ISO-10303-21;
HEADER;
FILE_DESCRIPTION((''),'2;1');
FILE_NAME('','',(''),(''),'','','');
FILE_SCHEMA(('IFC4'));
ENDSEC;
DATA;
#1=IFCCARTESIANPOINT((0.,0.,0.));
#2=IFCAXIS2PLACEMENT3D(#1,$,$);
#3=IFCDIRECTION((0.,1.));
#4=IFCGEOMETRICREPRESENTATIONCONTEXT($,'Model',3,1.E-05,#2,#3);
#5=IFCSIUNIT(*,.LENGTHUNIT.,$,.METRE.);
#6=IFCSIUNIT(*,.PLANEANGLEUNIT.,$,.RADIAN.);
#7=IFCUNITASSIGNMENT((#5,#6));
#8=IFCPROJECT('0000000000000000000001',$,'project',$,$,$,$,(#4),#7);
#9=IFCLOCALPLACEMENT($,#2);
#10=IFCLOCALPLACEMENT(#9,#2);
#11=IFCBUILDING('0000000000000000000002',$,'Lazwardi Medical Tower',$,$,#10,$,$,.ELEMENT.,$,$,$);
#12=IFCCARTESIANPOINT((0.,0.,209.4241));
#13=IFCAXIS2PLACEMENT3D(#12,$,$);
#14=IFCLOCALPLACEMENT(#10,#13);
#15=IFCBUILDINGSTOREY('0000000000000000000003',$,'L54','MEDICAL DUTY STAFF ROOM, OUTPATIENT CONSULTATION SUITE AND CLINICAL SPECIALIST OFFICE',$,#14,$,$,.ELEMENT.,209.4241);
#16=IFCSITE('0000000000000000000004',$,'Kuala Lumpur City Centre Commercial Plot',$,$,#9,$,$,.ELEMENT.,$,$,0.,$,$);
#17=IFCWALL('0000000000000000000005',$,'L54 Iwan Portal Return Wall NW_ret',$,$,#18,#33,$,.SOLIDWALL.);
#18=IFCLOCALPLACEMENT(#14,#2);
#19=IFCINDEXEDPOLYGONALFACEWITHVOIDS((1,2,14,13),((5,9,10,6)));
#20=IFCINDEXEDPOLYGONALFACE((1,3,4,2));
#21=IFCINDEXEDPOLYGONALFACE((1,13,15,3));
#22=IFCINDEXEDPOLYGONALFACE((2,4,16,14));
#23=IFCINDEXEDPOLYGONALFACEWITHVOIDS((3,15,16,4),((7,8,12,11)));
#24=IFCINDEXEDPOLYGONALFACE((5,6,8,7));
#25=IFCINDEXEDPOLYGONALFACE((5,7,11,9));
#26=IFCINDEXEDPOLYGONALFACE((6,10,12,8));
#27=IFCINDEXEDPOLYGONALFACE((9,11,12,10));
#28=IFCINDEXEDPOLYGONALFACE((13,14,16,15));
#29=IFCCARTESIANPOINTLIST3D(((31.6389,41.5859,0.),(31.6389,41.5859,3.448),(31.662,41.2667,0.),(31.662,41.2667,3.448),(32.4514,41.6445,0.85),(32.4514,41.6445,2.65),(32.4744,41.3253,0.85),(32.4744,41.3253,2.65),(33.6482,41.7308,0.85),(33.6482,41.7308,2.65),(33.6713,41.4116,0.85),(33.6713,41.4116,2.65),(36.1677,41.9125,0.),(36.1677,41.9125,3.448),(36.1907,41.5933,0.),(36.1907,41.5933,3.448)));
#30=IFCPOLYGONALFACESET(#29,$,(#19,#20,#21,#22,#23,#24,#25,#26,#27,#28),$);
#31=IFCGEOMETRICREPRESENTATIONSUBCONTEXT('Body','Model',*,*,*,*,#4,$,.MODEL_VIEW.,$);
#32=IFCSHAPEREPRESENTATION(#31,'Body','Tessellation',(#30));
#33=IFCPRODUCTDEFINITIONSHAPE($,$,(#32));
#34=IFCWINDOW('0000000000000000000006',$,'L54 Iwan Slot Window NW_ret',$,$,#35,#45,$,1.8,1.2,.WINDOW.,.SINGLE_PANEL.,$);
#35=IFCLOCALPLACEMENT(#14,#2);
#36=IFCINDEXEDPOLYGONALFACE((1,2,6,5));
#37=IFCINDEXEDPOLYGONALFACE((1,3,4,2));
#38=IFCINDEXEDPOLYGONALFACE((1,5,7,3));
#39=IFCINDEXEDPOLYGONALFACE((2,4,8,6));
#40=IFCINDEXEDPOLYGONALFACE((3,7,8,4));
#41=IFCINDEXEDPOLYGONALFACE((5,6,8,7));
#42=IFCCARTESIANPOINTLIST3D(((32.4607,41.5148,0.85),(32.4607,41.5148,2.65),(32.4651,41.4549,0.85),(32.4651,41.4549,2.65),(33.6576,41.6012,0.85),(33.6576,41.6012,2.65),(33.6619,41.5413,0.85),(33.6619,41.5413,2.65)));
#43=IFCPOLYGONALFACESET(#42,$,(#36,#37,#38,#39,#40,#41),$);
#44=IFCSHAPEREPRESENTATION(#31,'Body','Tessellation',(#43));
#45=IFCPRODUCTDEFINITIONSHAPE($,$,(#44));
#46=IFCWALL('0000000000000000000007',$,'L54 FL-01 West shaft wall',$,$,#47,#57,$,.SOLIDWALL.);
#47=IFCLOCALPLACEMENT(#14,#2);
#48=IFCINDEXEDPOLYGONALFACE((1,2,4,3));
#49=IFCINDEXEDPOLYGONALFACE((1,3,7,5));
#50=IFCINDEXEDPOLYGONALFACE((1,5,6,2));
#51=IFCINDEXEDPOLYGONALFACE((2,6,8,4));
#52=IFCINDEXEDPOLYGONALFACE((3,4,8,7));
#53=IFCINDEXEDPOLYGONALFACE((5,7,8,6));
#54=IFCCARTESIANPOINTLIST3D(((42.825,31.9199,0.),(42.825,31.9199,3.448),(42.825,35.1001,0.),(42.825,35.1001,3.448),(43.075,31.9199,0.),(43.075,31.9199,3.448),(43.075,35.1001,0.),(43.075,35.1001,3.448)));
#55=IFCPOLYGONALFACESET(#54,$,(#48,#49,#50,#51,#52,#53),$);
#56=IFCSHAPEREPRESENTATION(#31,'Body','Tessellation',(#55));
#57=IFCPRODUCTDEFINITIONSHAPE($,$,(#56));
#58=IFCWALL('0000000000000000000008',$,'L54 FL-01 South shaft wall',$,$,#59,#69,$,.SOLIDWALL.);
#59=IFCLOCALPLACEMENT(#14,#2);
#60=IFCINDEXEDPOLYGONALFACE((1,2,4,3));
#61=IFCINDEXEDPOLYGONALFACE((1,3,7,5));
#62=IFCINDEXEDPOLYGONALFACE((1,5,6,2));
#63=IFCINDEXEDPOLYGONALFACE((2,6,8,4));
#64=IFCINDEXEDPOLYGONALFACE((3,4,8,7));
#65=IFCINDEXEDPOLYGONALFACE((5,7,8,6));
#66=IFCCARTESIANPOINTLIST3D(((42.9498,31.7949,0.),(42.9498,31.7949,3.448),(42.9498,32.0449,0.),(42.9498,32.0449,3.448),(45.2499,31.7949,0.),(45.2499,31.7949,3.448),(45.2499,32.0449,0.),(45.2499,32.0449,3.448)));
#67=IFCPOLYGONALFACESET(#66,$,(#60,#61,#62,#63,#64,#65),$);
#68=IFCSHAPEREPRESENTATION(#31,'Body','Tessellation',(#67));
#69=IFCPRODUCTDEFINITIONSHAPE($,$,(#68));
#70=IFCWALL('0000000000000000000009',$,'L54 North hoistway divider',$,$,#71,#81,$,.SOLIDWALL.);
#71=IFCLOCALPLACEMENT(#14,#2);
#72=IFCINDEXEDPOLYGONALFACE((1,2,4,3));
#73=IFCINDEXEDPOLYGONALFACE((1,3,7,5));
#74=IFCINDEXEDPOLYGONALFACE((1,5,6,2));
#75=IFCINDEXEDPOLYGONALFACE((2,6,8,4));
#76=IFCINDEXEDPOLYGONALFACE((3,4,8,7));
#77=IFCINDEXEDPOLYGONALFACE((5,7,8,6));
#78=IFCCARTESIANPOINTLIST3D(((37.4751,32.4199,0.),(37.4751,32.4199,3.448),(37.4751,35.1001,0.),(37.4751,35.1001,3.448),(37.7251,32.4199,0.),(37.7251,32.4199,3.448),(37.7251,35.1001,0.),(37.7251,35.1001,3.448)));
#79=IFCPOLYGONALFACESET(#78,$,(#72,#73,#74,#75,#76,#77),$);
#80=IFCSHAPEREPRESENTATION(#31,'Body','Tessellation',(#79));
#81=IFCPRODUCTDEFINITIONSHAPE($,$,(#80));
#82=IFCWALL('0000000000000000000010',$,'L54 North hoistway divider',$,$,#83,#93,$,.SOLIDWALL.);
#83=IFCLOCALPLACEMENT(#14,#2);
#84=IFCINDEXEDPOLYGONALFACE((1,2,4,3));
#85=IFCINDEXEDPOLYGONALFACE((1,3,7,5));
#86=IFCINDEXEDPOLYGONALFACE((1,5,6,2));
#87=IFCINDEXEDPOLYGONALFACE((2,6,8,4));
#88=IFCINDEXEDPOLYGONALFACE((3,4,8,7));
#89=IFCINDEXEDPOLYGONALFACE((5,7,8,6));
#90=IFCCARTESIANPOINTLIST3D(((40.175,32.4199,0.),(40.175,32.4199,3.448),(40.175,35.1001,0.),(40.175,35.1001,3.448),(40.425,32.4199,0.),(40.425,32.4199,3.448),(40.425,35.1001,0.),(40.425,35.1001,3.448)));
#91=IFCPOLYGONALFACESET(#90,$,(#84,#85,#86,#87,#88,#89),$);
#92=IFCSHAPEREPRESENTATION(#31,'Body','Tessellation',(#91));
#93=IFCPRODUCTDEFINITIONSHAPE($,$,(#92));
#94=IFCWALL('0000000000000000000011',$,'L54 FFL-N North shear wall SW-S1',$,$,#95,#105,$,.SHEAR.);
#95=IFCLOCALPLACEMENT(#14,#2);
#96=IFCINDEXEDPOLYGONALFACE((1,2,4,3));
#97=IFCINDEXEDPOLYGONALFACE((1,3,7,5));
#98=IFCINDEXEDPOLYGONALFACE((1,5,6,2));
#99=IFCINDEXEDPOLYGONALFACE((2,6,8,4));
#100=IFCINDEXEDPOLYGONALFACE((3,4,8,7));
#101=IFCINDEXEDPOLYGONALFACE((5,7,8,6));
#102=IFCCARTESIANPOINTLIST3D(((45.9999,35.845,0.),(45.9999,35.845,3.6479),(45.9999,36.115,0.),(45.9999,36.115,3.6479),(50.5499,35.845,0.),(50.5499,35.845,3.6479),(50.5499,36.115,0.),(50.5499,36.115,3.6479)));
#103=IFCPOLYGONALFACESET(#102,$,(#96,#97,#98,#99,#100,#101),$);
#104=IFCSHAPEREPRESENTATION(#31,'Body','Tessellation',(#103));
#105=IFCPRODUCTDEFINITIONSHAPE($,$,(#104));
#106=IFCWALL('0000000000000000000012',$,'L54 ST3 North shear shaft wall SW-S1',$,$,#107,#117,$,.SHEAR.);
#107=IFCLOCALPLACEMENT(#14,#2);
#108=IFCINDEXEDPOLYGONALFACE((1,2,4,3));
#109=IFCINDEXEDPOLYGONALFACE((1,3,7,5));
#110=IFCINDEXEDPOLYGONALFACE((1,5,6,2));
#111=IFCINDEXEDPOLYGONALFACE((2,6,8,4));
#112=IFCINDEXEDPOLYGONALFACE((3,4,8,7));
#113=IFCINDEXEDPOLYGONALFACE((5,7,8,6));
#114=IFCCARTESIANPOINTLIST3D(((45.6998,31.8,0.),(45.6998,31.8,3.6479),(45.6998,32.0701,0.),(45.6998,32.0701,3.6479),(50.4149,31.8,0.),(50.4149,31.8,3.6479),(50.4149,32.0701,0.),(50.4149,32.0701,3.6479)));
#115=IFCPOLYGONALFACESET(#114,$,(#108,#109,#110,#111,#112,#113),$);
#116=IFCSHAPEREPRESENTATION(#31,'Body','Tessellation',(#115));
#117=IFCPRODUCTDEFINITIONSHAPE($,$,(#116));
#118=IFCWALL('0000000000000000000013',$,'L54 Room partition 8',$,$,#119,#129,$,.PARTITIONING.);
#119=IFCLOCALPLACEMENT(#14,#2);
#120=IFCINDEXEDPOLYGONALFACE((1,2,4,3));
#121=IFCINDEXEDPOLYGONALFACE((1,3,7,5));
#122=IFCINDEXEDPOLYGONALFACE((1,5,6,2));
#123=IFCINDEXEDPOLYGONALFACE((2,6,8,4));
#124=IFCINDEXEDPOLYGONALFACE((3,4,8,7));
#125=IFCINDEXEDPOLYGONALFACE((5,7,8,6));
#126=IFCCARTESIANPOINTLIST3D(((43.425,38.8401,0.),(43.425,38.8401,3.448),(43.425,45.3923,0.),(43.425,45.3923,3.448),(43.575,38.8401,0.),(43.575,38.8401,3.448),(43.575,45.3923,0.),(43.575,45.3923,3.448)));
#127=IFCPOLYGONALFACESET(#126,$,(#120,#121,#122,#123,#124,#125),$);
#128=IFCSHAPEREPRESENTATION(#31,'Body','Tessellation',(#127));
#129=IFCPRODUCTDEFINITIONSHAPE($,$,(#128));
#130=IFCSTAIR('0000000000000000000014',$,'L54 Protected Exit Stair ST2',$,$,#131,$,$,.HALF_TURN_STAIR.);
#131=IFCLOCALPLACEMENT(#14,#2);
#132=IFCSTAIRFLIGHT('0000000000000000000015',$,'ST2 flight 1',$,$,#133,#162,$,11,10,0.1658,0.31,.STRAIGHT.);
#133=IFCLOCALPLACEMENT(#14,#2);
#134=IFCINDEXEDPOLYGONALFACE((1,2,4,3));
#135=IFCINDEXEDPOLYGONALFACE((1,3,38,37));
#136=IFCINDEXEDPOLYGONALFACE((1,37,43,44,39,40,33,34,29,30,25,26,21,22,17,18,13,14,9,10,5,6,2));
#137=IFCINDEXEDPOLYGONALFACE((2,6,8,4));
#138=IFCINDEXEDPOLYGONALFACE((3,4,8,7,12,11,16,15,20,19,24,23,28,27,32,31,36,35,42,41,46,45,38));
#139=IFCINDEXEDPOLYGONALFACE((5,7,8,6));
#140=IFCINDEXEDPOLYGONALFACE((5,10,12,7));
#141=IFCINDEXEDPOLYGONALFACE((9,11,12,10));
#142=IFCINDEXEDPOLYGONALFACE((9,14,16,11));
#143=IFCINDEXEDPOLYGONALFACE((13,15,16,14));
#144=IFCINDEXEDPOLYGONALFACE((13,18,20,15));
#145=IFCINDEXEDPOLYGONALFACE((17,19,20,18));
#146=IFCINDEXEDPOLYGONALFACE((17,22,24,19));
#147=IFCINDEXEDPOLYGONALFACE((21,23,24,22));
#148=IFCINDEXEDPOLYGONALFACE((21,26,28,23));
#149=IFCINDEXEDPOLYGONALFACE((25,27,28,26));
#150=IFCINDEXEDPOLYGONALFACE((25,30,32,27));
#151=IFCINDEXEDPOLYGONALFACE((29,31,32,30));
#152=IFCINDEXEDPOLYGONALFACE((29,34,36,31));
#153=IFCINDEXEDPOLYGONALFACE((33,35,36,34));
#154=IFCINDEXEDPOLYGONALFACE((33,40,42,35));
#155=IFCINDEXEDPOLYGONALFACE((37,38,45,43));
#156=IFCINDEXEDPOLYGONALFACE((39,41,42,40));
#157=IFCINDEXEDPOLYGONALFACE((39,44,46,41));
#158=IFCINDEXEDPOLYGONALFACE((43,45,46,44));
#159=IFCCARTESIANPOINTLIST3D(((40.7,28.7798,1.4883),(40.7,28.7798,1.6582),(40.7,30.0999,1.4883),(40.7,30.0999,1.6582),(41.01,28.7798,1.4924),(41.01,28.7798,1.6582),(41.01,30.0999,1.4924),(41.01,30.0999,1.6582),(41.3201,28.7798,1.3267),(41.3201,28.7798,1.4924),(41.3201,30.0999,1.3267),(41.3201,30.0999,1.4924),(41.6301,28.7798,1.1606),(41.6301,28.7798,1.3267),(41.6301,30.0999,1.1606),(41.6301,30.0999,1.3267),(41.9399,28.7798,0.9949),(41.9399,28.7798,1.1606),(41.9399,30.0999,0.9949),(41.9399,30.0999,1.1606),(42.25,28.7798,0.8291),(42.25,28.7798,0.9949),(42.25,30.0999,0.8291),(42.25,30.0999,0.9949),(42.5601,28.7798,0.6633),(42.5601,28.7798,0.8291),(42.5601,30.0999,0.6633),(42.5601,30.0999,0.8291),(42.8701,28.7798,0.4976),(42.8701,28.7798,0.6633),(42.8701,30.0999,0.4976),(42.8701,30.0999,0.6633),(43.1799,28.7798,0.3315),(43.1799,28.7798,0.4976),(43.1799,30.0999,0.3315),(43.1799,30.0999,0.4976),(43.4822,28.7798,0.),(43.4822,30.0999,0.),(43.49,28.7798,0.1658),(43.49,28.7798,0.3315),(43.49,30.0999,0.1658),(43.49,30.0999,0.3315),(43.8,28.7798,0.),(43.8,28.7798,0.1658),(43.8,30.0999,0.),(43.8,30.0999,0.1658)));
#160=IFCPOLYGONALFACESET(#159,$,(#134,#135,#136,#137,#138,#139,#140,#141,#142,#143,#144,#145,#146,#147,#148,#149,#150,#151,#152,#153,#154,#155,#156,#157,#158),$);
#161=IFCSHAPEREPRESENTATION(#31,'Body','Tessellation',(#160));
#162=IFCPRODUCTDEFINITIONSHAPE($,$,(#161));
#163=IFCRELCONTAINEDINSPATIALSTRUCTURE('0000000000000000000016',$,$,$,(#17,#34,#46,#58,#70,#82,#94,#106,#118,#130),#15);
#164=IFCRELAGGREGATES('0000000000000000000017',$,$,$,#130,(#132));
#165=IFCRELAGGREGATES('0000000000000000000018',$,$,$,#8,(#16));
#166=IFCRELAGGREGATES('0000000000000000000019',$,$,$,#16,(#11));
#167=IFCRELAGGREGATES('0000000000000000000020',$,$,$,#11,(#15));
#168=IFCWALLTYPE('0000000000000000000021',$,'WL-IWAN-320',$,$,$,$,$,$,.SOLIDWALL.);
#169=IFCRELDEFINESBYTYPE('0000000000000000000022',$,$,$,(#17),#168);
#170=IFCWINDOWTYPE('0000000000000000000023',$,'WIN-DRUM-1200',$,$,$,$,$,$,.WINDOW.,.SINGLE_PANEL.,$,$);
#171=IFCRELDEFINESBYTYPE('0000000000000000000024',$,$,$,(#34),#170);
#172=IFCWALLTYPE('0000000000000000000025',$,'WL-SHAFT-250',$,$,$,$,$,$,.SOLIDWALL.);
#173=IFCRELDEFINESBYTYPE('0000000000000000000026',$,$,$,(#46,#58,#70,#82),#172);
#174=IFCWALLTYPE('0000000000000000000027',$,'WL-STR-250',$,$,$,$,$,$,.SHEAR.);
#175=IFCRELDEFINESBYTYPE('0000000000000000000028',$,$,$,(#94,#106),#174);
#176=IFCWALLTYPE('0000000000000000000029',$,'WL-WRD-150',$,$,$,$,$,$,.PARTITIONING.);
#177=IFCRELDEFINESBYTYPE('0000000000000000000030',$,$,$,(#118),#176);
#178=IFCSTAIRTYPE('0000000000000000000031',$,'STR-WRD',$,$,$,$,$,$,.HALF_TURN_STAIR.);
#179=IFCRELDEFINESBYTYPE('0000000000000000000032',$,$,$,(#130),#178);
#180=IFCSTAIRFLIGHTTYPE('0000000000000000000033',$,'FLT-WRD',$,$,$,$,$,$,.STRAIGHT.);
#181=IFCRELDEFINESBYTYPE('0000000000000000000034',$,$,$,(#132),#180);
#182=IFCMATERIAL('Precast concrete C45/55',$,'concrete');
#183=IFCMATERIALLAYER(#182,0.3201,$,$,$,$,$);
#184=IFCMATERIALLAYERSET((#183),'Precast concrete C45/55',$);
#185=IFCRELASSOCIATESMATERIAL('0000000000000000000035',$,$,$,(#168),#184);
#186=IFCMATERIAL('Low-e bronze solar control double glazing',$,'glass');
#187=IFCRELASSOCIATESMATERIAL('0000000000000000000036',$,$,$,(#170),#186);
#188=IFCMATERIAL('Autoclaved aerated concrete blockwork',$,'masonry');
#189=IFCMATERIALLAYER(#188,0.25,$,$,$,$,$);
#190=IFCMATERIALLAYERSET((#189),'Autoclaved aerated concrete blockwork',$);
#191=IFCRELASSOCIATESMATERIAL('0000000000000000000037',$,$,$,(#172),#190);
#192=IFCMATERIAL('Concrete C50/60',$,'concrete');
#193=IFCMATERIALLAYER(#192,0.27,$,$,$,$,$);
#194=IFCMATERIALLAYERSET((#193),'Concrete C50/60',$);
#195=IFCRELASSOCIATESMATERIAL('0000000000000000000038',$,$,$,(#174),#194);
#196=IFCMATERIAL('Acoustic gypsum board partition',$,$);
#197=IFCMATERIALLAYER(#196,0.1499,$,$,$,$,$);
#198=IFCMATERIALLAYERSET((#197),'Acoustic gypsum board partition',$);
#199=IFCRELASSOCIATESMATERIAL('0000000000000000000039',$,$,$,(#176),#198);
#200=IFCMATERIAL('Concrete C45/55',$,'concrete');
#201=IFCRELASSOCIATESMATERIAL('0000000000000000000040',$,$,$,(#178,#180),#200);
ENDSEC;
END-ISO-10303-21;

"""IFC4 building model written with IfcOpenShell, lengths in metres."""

from ifc_helpers import new_model, si_unit, direction, frame, frame_2d, origin, place, context, subcontext, project, spatial, polyline, rectangle, outline, extrude, material, layer, layer_set, type_object, element, fill, aggregate, save


model = new_model("IFC4")

# Units and contexts
model_context = context("Model", 3, precision=1e-05, world=origin(), true_north=direction((0.0, 1.0)))
body_context = subcontext(model_context, "Body", "Model", "MODEL_VIEW")
ifc_project = project(units=[si_unit("LENGTHUNIT", "METRE"), si_unit("PLANEANGLEUNIT", "RADIAN")], contexts=[model_context])

# Site, building, storey
site_placement = place(None, origin())
site = spatial("IfcSite", under=ifc_project, at=site_placement, Name="Kuala Lumpur City Centre Commercial Plot", CompositionType="ELEMENT", RefElevation=0.0)
building_placement = place(site_placement, origin())
building = spatial("IfcBuilding", under=site, at=building_placement, Name="Lazwardi Medical Tower", CompositionType="ELEMENT")
storey_placement = place(building_placement, frame((0.0, 0.0, 209.4241)))
storey = spatial("IfcBuildingStorey", under=building, at=storey_placement, Name="L54", Description="MEDICAL DUTY STAFF ROOM, OUTPATIENT CONSULTATION SUITE AND CLINICAL SPECIALIST OFFICE", CompositionType="ELEMENT", Elevation=209.4241)

# Wall, opening, window
ifc_material_1 = material(Name="Precast concrete C45/55", Category="concrete")
ifc_layer_1 = layer(ifc_material_1, 0.3201)
ifc_layer_set_1 = layer_set([ifc_layer_1], Name="Precast concrete C45/55")
wall_type_1 = type_object("IfcWallType", Name="WL-IWAN-320", PredefinedType="SOLIDWALL", material=ifc_layer_set_1)
wall_1_placement = place(storey_placement, frame((36.1792, 41.7529, 0.0), z_axis=(0.0, 0.0, 1.0), x_axis=(-0.997409, -0.071942, 0.0)))
wall_1 = element("IfcWall", 1, at=wall_1_placement, inside=storey, type_object=wall_type_1, Name="L54 Iwan Portal Return Wall NW_ret", PredefinedType="SOLIDWALL", context=body_context, shape_type="SweptSolid", body=[
    extrude(rectangle(XDim=4.5405, YDim=0.3201, at=frame_2d((2.2703, 0.0))), origin(), (0.0, 0.0, 1.0), 3.448),
])
opening_1_placement = place(wall_1_placement, frame((2.5259, 0.0, 0.8501)))
opening_1 = element("IfcOpeningElement", 2, at=opening_1_placement, cuts=wall_1, PredefinedType="OPENING", context=body_context, shape_type="SweptSolid", body=[
    extrude(rectangle(XDim=1.2, YDim=1.8, at=frame_2d((0.6001, 0.8999))), frame((0.0, 0.1699, 0.0), z_axis=(0.0, -1.0, 0.0), x_axis=(1.0, 0.0, 0.0)), (0.0, 0.0, 1.0), 0.3401),
])
ifc_material_2 = material(Name="Low-e bronze solar control double glazing", Category="glass")
window_type = type_object("IfcWindowType", Name="WIN-DRUM-1200", PartitioningType="SINGLE_PANEL", PredefinedType="WINDOW", material=ifc_material_2)
window_placement = place(opening_1_placement, origin())
window = element("IfcWindow", 3, at=window_placement, inside=storey, type_object=window_type, Name="L54 Iwan Slot Window NW_ret", OverallHeight=1.8, OverallWidth=1.2, PartitioningType="SINGLE_PANEL", PredefinedType="WINDOW", context=body_context, shape_type="SweptSolid", body=[
    extrude(rectangle(XDim=1.2, YDim=1.8, at=frame_2d((0.6001, 0.8999))), frame((0.0, 0.03, 0.0), z_axis=(0.0, -1.0, 0.0), x_axis=(1.0, 0.0, 0.0)), (0.0, 0.0, 1.0), 0.0601),
])
fill(opening_1, window)

# Walls
ifc_material_3 = material(Name="Autoclaved aerated concrete blockwork", Category="masonry")
ifc_layer_2 = layer(ifc_material_3, 0.25)
ifc_layer_set_2 = layer_set([ifc_layer_2], Name="Autoclaved aerated concrete blockwork")
wall_type_2 = type_object("IfcWallType", Name="WL-SHAFT-250", PredefinedType="SOLIDWALL", material=ifc_layer_set_2)
wall_2_placement = place(storey_placement, frame((42.95, 31.9199, 0.0), z_axis=(0.0, 0.0, 1.0), x_axis=(0.0, 1.0, 0.0)))
element("IfcWall", 4, at=wall_2_placement, inside=storey, type_object=wall_type_2, Name="L54 FL-01 West shaft wall", PredefinedType="SOLIDWALL", context=body_context, shape_type="SweptSolid", body=[
    extrude(rectangle(XDim=3.1802, YDim=0.25, at=frame_2d((1.5901, 0.0))), origin(), (0.0, 0.0, 1.0), 3.448),
])
wall_3_placement = place(storey_placement, frame((42.95, 31.9199, 0.0), z_axis=(0.0, 0.0, 1.0), x_axis=(1.0, 0.0, 0.0)))
element("IfcWall", 5, at=wall_3_placement, inside=storey, type_object=wall_type_2, Name="L54 FL-01 South shaft wall", PredefinedType="SOLIDWALL", context=body_context, shape_type="SweptSolid", body=[
    extrude(rectangle(XDim=2.3, YDim=0.25, at=frame_2d((1.1499, 0.0))), origin(), (0.0, 0.0, 1.0), 3.448),
])
for number, where, z_axis, x_axis, name in (
    (6, (37.6001, 32.4199, 0.0), (0.0, 0.0, 1.0), (0.0, 1.0, 0.0), "L54 North hoistway divider"),
    (7, (40.3, 32.4199, 0.0), (0.0, 0.0, 1.0), (0.0, 1.0, 0.0), "L54 North hoistway divider"),
):
    element("IfcWall", number, at=place(storey_placement, frame(where, z_axis=z_axis, x_axis=x_axis)), inside=storey, type_object=wall_type_2, Name=name, PredefinedType="SOLIDWALL", context=body_context, shape_type="SweptSolid", body=[
        extrude(rectangle(XDim=2.6802, YDim=0.25, at=frame_2d((1.3401, 0.0))), origin(), (0.0, 0.0, 1.0), 3.448),
    ])

# Shared definitions
ifc_material_4 = material(Name="Concrete C50/60", Category="concrete")
ifc_layer_3 = layer(ifc_material_4, 0.27)
ifc_layer_set_3 = layer_set([ifc_layer_3], Name="Concrete C50/60")
wall_type_3 = type_object("IfcWallType", Name="WL-STR-250", PredefinedType="SHEAR", material=ifc_layer_set_3)

# Walls
wall_4_placement = place(storey_placement, frame((46.0, 35.98, 0.0), z_axis=(0.0, 0.0, 1.0), x_axis=(1.0, 0.0, 0.0)))
element("IfcWall", 8, at=wall_4_placement, inside=storey, type_object=wall_type_3, Name="L54 FFL-N North shear wall SW-S1", PredefinedType="SHEAR", context=body_context, shape_type="SweptSolid", body=[
    extrude(rectangle(XDim=4.55, YDim=0.27, at=frame_2d((2.2749, 0.0))), origin(), (0.0, 0.0, 1.0), 3.6479),
])
wall_5_placement = place(storey_placement, frame((45.7, 31.9351, 0.0), z_axis=(0.0, 0.0, 1.0), x_axis=(1.0, 0.0, 0.0)))
element("IfcWall", 9, at=wall_5_placement, inside=storey, type_object=wall_type_3, Name="L54 ST3 North shear shaft wall SW-S1", PredefinedType="SHEAR", context=body_context, shape_type="SweptSolid", body=[
    extrude(rectangle(XDim=4.7151, YDim=0.27, at=frame_2d((2.3574, 0.0))), origin(), (0.0, 0.0, 1.0), 3.6479),
])
ifc_material_5 = material(Name="Acoustic gypsum board partition")
ifc_layer_4 = layer(ifc_material_5, 0.1499)
ifc_layer_set_4 = layer_set([ifc_layer_4], Name="Acoustic gypsum board partition")
wall_type_4 = type_object("IfcWallType", Name="WL-WRD-150", PredefinedType="PARTITIONING", material=ifc_layer_set_4)
wall_6_placement = place(storey_placement, frame((43.5, 38.8401, 0.0), z_axis=(0.0, 0.0, 1.0), x_axis=(0.0, 1.0, 0.0)))
element("IfcWall", 10, at=wall_6_placement, inside=storey, type_object=wall_type_4, Name="L54 Room partition 8", PredefinedType="PARTITIONING", context=body_context, shape_type="SweptSolid", body=[
    extrude(rectangle(XDim=6.5522, YDim=0.1499, at=frame_2d((3.2761, 0.0))), origin(), (0.0, 0.0, 1.0), 3.448),
])

# Stair, stair flight
ifc_material_6 = material(Name="Concrete C45/55", Category="concrete")
stair_type = type_object("IfcStairType", Name="STR-WRD", PredefinedType="HALF_TURN_STAIR", material=ifc_material_6)
stair_placement = place(storey_placement, origin())
stair = element("IfcStair", 11, at=stair_placement, inside=storey, type_object=stair_type, Name="L54 Protected Exit Stair ST2", PredefinedType="HALF_TURN_STAIR")
stair_flight_type = type_object("IfcStairFlightType", Name="FLT-WRD", PredefinedType="STRAIGHT", material=ifc_material_6)
stair_flight_placement = place(storey_placement, frame((43.8, 29.4399, 0.0), z_axis=(0.0, 0.0, 1.0), x_axis=(-1.0, 0.0, 0.0)))
stair_flight = element("IfcStairFlight", 12, at=stair_flight_placement, type_object=stair_flight_type, Name="ST2 flight 1", NumberOfRisers=11, NumberOfTreads=10, PredefinedType="STRAIGHT", RiserHeight=0.1658, TreadLength=0.31, context=body_context, shape_type="SweptSolid", body=[
    extrude(outline(polyline([(0.0, 0.0), (0.0, 0.1658), (0.3101, 0.1658), (0.3101, 0.3315), (0.6201, 0.3315), (0.6201, 0.4976), (0.9299, 0.4976), (0.9299, 0.6633), (1.24, 0.6633), (1.24, 0.8291), (1.55, 0.8291), (1.55, 0.9949), (1.8601, 0.9949), (1.8601, 1.1606), (2.1699, 1.1606), (2.1699, 1.3267), (2.48, 1.3267), (2.48, 1.4924), (2.79, 1.4924), (2.79, 1.6582), (3.1001, 1.6582), (3.1001, 1.824), (3.1001, 1.4883), (0.3179, 0.0), (0.0, 0.0)])), frame((0.0, 0.6602, 0.0), z_axis=(0.0, -1.0, 0.0), x_axis=(1.0, 0.0, 0.0)), (0.0, 0.0, 1.0), 1.3201),
])
aggregate(stair, [stair_flight])

save(model, "model.ifc")
